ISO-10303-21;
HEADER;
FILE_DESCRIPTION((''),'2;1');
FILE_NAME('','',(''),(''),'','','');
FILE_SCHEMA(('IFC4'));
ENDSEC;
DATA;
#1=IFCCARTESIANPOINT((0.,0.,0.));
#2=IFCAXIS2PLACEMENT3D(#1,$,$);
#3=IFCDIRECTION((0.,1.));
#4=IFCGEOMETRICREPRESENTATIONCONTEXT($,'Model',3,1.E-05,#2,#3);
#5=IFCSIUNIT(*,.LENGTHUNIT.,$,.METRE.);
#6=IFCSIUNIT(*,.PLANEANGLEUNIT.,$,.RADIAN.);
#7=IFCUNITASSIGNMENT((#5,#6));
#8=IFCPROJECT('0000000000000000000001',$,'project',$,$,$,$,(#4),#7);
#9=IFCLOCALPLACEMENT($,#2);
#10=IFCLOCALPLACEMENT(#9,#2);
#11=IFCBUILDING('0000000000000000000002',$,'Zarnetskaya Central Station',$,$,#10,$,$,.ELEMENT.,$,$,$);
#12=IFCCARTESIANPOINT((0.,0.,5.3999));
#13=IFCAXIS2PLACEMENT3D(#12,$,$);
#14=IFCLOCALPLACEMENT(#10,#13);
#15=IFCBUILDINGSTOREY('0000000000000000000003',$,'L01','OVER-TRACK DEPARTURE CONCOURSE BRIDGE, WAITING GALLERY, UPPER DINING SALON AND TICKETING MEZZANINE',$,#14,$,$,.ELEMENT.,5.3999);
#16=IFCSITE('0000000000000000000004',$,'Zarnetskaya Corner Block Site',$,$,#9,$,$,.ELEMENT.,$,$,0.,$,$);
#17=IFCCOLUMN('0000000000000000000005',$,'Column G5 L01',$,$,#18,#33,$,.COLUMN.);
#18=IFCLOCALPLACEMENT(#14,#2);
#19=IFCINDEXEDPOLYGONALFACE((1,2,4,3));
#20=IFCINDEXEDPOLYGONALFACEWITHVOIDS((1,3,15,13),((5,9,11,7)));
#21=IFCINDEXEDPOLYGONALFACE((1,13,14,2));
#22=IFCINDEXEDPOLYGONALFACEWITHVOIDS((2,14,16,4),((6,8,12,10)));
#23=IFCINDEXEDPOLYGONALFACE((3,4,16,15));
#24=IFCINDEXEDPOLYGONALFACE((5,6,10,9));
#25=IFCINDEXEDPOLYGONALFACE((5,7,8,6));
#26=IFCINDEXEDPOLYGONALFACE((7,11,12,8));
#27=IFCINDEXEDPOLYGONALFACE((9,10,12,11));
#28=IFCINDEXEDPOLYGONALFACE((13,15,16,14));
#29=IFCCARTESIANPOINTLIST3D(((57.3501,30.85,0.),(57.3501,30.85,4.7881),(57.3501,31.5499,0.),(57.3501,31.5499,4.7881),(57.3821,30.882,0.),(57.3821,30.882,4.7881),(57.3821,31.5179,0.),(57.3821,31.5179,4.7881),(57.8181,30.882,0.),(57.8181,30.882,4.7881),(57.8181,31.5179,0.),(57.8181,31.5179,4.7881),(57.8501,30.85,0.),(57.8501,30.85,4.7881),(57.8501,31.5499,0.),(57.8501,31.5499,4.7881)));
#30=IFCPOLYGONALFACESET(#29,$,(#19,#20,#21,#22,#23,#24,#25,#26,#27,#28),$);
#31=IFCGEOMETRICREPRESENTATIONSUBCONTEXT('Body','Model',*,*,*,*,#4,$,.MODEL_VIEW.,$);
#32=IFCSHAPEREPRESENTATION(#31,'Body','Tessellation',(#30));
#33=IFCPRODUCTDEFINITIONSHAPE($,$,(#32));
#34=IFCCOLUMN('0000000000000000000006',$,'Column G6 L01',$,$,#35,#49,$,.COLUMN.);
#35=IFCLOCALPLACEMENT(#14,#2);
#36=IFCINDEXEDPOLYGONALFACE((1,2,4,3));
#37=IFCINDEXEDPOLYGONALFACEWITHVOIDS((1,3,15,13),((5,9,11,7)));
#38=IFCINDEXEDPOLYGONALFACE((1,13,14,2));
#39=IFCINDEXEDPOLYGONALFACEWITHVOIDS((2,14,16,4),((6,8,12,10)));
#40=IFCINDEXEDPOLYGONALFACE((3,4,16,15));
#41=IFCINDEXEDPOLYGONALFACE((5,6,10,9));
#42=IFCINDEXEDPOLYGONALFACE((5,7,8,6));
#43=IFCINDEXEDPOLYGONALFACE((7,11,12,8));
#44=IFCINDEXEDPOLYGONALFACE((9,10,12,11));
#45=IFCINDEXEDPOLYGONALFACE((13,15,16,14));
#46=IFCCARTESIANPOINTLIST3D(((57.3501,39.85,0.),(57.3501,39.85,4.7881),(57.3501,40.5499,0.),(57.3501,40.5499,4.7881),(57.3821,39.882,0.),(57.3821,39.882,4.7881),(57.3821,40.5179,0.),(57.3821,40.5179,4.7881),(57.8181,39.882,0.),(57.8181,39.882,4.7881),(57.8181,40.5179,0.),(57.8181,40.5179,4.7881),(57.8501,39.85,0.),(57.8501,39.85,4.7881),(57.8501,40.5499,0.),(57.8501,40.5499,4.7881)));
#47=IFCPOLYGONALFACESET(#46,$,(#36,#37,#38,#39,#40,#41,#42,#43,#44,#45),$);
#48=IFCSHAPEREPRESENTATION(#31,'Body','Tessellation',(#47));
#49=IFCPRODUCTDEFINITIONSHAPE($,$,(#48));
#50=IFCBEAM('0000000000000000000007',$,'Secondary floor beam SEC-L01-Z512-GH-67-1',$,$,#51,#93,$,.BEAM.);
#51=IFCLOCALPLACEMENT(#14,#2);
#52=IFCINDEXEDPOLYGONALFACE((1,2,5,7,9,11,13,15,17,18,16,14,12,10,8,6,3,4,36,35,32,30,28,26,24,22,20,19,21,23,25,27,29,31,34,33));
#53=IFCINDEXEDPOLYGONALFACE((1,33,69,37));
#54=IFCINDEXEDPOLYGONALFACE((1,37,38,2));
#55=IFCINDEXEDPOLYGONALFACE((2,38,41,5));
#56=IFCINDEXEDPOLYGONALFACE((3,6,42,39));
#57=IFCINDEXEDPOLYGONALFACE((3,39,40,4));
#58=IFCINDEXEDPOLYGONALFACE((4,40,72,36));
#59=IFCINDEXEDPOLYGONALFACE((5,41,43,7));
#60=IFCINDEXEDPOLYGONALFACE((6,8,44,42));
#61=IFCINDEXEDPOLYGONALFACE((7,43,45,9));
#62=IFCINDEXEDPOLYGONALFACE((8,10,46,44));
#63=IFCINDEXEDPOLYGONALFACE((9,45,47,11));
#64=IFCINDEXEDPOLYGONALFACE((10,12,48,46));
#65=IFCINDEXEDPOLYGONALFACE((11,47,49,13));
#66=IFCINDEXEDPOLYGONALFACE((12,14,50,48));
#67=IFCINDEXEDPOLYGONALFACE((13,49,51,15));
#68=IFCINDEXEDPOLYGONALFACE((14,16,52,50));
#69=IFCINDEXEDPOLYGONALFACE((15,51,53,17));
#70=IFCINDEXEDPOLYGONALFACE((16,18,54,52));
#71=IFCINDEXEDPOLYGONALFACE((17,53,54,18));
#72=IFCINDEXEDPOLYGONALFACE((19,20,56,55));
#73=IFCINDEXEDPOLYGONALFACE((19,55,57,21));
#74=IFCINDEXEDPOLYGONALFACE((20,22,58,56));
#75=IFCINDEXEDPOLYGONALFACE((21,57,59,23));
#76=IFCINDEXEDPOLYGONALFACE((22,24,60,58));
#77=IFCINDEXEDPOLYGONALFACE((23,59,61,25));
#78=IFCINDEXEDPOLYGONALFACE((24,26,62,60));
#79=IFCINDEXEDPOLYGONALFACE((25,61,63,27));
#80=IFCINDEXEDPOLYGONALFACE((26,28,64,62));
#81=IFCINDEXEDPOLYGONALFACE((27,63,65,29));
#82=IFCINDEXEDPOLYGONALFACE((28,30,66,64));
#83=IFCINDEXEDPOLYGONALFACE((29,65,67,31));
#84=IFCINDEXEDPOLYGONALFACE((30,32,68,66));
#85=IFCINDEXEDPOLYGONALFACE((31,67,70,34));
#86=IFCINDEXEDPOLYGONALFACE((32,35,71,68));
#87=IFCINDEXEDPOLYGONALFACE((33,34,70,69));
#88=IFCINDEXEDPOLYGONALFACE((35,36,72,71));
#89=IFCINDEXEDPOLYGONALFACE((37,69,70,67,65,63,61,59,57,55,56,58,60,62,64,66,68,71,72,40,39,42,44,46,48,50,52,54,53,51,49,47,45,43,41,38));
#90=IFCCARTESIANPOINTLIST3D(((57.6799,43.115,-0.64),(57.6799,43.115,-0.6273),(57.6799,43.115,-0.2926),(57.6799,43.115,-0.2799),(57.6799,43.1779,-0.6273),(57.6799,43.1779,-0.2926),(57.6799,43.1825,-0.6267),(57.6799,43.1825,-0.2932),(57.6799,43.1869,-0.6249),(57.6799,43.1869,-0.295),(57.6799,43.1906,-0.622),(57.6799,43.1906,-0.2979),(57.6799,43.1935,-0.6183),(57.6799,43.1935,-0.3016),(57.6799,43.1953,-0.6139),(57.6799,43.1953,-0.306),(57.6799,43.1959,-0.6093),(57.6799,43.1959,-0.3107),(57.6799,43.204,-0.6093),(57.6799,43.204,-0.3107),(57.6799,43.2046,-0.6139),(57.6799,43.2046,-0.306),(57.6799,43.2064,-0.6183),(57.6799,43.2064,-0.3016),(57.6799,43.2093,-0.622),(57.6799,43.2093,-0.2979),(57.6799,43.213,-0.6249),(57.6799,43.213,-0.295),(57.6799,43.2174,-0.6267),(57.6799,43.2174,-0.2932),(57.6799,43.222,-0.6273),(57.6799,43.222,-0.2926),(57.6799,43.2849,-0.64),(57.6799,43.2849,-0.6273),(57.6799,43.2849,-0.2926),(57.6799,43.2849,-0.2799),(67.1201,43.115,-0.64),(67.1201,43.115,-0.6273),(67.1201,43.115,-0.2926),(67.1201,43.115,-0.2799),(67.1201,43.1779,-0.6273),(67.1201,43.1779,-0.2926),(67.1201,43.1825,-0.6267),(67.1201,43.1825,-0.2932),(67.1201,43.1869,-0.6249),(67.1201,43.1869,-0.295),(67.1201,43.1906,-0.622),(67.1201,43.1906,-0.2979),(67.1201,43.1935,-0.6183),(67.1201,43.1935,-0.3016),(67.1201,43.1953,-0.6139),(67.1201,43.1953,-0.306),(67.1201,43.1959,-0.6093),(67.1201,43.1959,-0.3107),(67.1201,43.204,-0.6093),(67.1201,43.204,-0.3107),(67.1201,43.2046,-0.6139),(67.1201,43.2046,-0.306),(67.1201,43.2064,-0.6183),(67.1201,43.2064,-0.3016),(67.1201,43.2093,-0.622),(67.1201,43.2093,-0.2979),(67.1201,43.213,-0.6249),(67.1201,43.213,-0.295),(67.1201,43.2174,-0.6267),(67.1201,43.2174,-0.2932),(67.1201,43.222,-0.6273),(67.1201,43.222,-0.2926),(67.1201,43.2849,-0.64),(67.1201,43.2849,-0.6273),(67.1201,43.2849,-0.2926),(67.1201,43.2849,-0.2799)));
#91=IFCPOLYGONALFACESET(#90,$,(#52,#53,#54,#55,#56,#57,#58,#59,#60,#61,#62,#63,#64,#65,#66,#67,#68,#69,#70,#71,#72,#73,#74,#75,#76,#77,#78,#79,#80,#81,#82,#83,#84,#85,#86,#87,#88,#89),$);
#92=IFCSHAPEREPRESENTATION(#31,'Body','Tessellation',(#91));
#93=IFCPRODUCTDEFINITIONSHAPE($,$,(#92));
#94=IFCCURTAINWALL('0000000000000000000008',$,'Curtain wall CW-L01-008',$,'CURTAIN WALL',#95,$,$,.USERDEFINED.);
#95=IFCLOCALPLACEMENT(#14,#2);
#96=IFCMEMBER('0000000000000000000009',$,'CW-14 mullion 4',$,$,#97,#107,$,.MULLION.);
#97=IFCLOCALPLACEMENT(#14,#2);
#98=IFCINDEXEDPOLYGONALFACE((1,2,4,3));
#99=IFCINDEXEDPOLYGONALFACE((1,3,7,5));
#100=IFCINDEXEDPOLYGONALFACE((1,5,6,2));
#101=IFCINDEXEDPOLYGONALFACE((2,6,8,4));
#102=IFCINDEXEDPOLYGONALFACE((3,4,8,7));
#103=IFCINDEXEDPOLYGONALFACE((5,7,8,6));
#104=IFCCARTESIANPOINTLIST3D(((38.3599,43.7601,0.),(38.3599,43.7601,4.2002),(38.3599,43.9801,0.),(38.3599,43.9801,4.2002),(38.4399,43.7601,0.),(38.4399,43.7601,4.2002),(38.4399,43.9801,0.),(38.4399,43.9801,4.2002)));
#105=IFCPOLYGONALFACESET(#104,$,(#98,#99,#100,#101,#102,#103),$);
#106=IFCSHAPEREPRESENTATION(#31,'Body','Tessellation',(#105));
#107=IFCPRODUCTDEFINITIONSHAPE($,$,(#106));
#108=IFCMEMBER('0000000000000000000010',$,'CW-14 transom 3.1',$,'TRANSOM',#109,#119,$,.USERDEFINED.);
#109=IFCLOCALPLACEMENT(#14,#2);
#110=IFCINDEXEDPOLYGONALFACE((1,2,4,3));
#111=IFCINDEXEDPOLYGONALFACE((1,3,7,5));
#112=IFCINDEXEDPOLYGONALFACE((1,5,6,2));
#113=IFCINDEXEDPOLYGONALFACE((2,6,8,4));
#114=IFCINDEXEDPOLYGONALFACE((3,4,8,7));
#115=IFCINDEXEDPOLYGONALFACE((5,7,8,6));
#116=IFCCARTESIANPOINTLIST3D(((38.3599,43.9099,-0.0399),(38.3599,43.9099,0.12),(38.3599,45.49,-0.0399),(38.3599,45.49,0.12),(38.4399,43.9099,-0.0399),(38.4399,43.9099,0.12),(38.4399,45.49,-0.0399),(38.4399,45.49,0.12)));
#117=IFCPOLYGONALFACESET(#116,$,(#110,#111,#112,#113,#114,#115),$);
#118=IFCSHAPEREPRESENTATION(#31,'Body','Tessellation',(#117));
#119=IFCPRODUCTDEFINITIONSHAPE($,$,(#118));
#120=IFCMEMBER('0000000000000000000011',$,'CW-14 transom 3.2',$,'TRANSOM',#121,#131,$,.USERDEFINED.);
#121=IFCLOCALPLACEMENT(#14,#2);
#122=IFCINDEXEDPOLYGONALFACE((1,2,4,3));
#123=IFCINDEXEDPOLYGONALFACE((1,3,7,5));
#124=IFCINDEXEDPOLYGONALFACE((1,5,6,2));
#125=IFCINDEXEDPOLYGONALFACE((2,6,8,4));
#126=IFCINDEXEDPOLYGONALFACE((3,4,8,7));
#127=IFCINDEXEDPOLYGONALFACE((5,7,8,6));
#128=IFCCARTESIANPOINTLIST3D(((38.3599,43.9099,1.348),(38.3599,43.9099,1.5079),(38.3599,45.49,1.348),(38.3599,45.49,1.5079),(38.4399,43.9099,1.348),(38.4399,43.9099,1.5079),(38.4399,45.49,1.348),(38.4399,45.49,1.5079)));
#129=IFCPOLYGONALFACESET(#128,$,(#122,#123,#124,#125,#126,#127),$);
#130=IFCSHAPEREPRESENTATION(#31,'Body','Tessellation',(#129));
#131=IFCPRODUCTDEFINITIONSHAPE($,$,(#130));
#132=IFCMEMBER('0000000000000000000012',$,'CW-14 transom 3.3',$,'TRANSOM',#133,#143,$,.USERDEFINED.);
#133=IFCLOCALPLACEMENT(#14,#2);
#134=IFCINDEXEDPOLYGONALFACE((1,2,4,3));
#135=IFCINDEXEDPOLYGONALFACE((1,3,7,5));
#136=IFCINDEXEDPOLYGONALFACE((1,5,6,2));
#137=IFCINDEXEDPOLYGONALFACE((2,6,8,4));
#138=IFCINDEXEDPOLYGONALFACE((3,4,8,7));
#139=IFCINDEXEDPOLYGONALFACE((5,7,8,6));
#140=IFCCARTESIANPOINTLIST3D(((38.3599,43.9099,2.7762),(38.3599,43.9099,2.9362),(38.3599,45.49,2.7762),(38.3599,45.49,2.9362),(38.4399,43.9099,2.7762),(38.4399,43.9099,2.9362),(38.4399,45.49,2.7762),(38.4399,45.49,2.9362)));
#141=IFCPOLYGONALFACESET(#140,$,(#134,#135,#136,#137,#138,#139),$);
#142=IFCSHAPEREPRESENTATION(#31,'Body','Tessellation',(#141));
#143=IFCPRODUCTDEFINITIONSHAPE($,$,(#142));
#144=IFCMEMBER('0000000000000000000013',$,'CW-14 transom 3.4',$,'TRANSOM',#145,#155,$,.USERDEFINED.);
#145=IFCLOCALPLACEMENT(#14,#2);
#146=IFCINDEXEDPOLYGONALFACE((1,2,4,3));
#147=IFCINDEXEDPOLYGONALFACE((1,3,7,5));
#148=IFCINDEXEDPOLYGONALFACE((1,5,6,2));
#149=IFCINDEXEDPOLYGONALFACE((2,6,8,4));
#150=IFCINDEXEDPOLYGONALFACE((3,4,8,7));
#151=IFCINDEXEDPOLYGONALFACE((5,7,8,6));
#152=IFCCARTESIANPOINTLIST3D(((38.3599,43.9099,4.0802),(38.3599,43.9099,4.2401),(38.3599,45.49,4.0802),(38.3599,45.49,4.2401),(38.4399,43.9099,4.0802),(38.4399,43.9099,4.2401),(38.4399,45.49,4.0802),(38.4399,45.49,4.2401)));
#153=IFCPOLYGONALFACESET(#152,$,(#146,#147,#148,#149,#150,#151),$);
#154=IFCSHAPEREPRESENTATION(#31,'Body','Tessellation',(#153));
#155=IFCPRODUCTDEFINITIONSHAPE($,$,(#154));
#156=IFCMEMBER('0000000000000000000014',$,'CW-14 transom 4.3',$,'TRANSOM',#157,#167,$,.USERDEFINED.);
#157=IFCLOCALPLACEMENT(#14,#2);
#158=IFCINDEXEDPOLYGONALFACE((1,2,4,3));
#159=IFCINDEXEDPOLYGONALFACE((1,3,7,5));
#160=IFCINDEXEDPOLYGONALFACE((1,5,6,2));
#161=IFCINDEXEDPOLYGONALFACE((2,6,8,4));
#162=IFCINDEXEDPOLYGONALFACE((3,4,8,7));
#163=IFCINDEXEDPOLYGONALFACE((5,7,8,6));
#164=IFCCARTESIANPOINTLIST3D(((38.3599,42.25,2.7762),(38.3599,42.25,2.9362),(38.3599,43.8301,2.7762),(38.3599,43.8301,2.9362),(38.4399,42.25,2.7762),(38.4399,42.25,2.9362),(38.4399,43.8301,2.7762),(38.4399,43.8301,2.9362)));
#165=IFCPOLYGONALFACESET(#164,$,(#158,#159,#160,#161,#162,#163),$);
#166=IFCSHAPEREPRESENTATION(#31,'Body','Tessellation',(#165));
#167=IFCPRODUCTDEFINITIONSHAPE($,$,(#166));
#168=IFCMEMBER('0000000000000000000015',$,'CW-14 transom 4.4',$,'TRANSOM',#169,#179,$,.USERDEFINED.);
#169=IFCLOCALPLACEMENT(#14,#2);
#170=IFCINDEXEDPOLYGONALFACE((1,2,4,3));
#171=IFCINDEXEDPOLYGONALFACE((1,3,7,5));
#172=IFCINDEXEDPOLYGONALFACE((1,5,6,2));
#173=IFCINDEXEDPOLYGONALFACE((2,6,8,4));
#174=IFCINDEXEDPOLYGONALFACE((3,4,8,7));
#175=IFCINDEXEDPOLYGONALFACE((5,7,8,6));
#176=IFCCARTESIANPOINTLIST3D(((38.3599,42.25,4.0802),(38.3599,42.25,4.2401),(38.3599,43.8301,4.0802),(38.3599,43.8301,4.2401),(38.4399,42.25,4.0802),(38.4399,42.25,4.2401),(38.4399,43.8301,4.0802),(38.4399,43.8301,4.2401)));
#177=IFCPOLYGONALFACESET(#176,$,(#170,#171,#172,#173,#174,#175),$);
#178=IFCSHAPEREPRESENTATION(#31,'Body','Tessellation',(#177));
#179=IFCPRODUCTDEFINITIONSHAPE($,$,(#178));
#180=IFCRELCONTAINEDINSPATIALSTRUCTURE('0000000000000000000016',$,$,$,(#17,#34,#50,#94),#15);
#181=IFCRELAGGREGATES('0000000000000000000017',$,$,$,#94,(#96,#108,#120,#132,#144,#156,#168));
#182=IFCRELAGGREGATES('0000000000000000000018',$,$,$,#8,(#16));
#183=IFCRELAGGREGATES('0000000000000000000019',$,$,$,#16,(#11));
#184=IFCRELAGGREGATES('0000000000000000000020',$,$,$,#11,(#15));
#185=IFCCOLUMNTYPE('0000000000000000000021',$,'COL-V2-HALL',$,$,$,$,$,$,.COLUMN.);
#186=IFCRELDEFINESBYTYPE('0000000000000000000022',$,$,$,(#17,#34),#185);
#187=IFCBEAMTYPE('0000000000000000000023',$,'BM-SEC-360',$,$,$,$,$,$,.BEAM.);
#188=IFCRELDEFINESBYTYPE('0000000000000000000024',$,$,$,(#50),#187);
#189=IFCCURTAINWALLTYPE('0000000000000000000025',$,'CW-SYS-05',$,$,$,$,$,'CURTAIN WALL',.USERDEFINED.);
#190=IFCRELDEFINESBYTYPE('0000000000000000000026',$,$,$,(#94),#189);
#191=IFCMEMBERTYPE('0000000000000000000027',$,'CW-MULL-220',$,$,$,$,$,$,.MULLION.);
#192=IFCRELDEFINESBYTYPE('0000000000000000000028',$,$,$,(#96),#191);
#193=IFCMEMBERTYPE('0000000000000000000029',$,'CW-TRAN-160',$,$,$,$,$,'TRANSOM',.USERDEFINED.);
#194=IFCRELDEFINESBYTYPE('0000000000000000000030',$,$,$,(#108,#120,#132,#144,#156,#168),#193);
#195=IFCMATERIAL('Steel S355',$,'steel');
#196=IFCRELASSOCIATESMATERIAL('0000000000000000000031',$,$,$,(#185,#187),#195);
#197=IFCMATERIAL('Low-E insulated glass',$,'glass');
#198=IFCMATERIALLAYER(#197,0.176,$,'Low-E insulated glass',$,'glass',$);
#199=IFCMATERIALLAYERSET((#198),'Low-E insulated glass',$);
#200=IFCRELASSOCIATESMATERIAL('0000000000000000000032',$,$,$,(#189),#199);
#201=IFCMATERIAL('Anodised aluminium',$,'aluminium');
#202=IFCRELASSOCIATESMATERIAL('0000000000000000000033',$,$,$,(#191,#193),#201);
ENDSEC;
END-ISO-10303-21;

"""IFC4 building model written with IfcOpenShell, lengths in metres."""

from ifc_helpers import new_model, si_unit, direction, frame, origin, origin_2d, place, context, subcontext, project, spatial, rectangle, hollow_rectangle, i_section, extrude, material, layer, layer_set, material_profile, profile_set, type_object, element, aggregate, save


model = new_model("IFC4")

# Units and contexts
model_context = context("Model", 3, precision=1e-05, world=origin(), true_north=direction((0.0, 1.0)))
body_context = subcontext(model_context, "Body", "Model", "MODEL_VIEW")
ifc_project = project(units=[si_unit("LENGTHUNIT", "METRE"), si_unit("PLANEANGLEUNIT", "RADIAN")], contexts=[model_context])

# Site, building, storey
site_placement = place(None, origin())
site = spatial("IfcSite", under=ifc_project, at=site_placement, Name="Zarnetskaya Corner Block Site", CompositionType="ELEMENT", RefElevation=0.0)
building_placement = place(site_placement, origin())
building = spatial("IfcBuilding", under=site, at=building_placement, Name="Zarnetskaya Central Station", CompositionType="ELEMENT")
storey_placement = place(building_placement, frame((0.0, 0.0, 5.3999)))
storey = spatial("IfcBuildingStorey", under=building, at=storey_placement, Name="L01", Description="OVER-TRACK DEPARTURE CONCOURSE BRIDGE, WAITING GALLERY, UPPER DINING SALON AND TICKETING MEZZANINE", CompositionType="ELEMENT", Elevation=5.3999)

# Columns
ifc_material_1 = material(Name="Steel S355", Category="steel")
ifc_material_profile_1 = material_profile(ifc_material_1, hollow_rectangle(XDim=0.5, YDim=0.7, WallThickness=0.032, at=origin_2d()), Name="BOX 700x500x32")
ifc_profile_set_1 = profile_set([ifc_material_profile_1], Name="Steel S355")
column_type = type_object("IfcColumnType", Name="COL-V2-HALL", PredefinedType="COLUMN", material=ifc_profile_set_1)
for number, where, z_axis, x_axis, name in (
    (1, (57.6001, 31.2, 0.0), (0.0, 0.0, 1.0), (1.0, 0.0, 0.0), "Column G5 L01"),
    (2, (57.6001, 40.2, 0.0), (0.0, 0.0, 1.0), (1.0, 0.0, 0.0), "Column G6 L01"),
):
    element("IfcColumn", number, at=place(storey_placement, frame(where, z_axis=z_axis, x_axis=x_axis)), inside=storey, type_object=column_type, Name=name, PredefinedType="COLUMN", context=body_context, shape_type="SweptSolid", body=[
        extrude(hollow_rectangle(XDim=0.5, YDim=0.7, WallThickness=0.032, at=origin_2d()), origin(), (0.0, 0.0, 1.0), 4.7881),
    ])

# Beam
ifc_material_profile_2 = material_profile(ifc_material_1, i_section(OverallWidth=0.1699, OverallDepth=0.3601, WebThickness=0.0081, FlangeThickness=0.0127, FilletRadius=0.0181, at=origin_2d()), Name="IPE 360")
ifc_profile_set_2 = profile_set([ifc_material_profile_2], Name="Steel S355")
beam_type_1 = type_object("IfcBeamType", Name="BM-SEC-360", PredefinedType="BEAM", material=ifc_profile_set_2)
beam_placement = place(storey_placement, frame((57.6799, 43.2, -0.46), z_axis=(1.0, 0.0, 0.0), x_axis=(0.0, 1.0, 0.0)))
element("IfcBeam", 3, at=beam_placement, inside=storey, type_object=beam_type_1, Name="Secondary floor beam SEC-L01-Z512-GH-67-1", PredefinedType="BEAM", context=body_context, shape_type="SweptSolid", body=[
    extrude(i_section(OverallWidth=0.1699, OverallDepth=0.3601, WebThickness=0.0081, FlangeThickness=0.0127, FilletRadius=0.0181, at=origin_2d()), origin(), (0.0, 0.0, 1.0), 9.4402),
])

# Curtain wall, members
ifc_material_2 = material(Name="Low-E insulated glass", Category="glass")
ifc_layer_1 = layer(ifc_material_2, 0.176, Name="Low-E insulated glass", Category="glass")
ifc_layer_set_1 = layer_set([ifc_layer_1], Name="Low-E insulated glass")
curtain_wall_type = type_object("IfcCurtainWallType", Name="CW-SYS-05", ElementType="CURTAIN WALL", PredefinedType="USERDEFINED", material=ifc_layer_set_1)
curtain_wall_placement = place(storey_placement, origin())
curtain_wall = element("IfcCurtainWall", 4, at=curtain_wall_placement, inside=storey, type_object=curtain_wall_type, Name="Curtain wall CW-L01-008", ObjectType="CURTAIN WALL", PredefinedType="USERDEFINED")
ifc_material_3 = material(Name="Anodised aluminium", Category="aluminium")
ifc_material_profile_3 = material_profile(ifc_material_3, rectangle(XDim=0.0801, YDim=0.22, at=origin_2d()), Name="ALU MULL 80x220")
ifc_profile_set_3 = profile_set([ifc_material_profile_3], Name="Anodised aluminium")
member_type_1 = type_object("IfcMemberType", Name="CW-MULL-220", PredefinedType="MULLION", material=ifc_profile_set_3)
member_1_placement = place(storey_placement, frame((38.3999, 43.8701, 0.0), z_axis=(0.0, 0.0, 1.0), x_axis=(1.0, 0.0, 0.0)))
member_1 = element("IfcMember", 5, at=member_1_placement, type_object=member_type_1, Name="CW-14 mullion 4", PredefinedType="MULLION", context=body_context, shape_type="SweptSolid", body=[
    extrude(rectangle(XDim=0.0801, YDim=0.22, at=origin_2d()), origin(), (0.0, 0.0, 1.0), 4.2002),
])
ifc_material_profile_4 = material_profile(ifc_material_3, rectangle(XDim=0.0801, YDim=0.1599, at=origin_2d()), Name="ALU TRAN 80x160")
ifc_profile_set_4 = profile_set([ifc_material_profile_4], Name="Anodised aluminium")
member_type_2 = type_object("IfcMemberType", Name="CW-TRAN-160", ElementType="TRANSOM", PredefinedType="USERDEFINED", material=ifc_profile_set_4)
member_2_placement = place(storey_placement, frame((38.3999, 45.49, 0.04), z_axis=(0.0, -1.0, 0.0), x_axis=(1.0, 0.0, 0.0)))
member_2 = element("IfcMember", 6, at=member_2_placement, type_object=member_type_2, Name="CW-14 transom 3.1", ObjectType="TRANSOM", PredefinedType="USERDEFINED", context=body_context, shape_type="SweptSolid", body=[
    extrude(rectangle(XDim=0.0801, YDim=0.1599, at=origin_2d()), origin(), (0.0, 0.0, 1.0), 1.5801),
])
member_3_placement = place(storey_placement, frame((38.3999, 45.49, 1.428), z_axis=(0.0, -1.0, 0.0), x_axis=(1.0, 0.0, 0.0)))
member_3 = element("IfcMember", 7, at=member_3_placement, type_object=member_type_2, Name="CW-14 transom 3.2", ObjectType="TRANSOM", PredefinedType="USERDEFINED", context=body_context, shape_type="SweptSolid", body=[
    extrude(rectangle(XDim=0.0801, YDim=0.1599, at=origin_2d()), origin(), (0.0, 0.0, 1.0), 1.5801),
])
member_4_placement = place(storey_placement, frame((38.3999, 45.49, 2.8562), z_axis=(0.0, -1.0, 0.0), x_axis=(1.0, 0.0, 0.0)))
member_4 = element("IfcMember", 8, at=member_4_placement, type_object=member_type_2, Name="CW-14 transom 3.3", ObjectType="TRANSOM", PredefinedType="USERDEFINED", context=body_context, shape_type="SweptSolid", body=[
    extrude(rectangle(XDim=0.0801, YDim=0.1599, at=origin_2d()), origin(), (0.0, 0.0, 1.0), 1.5801),
])
member_5_placement = place(storey_placement, frame((38.3999, 45.49, 4.1602), z_axis=(0.0, -1.0, 0.0), x_axis=(1.0, 0.0, 0.0)))
member_5 = element("IfcMember", 9, at=member_5_placement, type_object=member_type_2, Name="CW-14 transom 3.4", ObjectType="TRANSOM", PredefinedType="USERDEFINED", context=body_context, shape_type="SweptSolid", body=[
    extrude(rectangle(XDim=0.0801, YDim=0.1599, at=origin_2d()), origin(), (0.0, 0.0, 1.0), 1.5801),
])
member_6_placement = place(storey_placement, frame((38.3999, 43.8301, 2.8562), z_axis=(0.0, -1.0, 0.0), x_axis=(1.0, 0.0, 0.0)))
member_6 = element("IfcMember", 10, at=member_6_placement, type_object=member_type_2, Name="CW-14 transom 4.3", ObjectType="TRANSOM", PredefinedType="USERDEFINED", context=body_context, shape_type="SweptSolid", body=[
    extrude(rectangle(XDim=0.0801, YDim=0.1599, at=origin_2d()), origin(), (0.0, 0.0, 1.0), 1.5801),
])
member_7_placement = place(storey_placement, frame((38.3999, 43.8301, 4.1602), z_axis=(0.0, -1.0, 0.0), x_axis=(1.0, 0.0, 0.0)))
member_7 = element("IfcMember", 11, at=member_7_placement, type_object=member_type_2, Name="CW-14 transom 4.4", ObjectType="TRANSOM", PredefinedType="USERDEFINED", context=body_context, shape_type="SweptSolid", body=[
    extrude(rectangle(XDim=0.0801, YDim=0.1599, at=origin_2d()), origin(), (0.0, 0.0, 1.0), 1.5801),
])

aggregate(curtain_wall, [member_1, member_2, member_3, member_4, member_5, member_6, member_7])

save(model, "model.ifc")
